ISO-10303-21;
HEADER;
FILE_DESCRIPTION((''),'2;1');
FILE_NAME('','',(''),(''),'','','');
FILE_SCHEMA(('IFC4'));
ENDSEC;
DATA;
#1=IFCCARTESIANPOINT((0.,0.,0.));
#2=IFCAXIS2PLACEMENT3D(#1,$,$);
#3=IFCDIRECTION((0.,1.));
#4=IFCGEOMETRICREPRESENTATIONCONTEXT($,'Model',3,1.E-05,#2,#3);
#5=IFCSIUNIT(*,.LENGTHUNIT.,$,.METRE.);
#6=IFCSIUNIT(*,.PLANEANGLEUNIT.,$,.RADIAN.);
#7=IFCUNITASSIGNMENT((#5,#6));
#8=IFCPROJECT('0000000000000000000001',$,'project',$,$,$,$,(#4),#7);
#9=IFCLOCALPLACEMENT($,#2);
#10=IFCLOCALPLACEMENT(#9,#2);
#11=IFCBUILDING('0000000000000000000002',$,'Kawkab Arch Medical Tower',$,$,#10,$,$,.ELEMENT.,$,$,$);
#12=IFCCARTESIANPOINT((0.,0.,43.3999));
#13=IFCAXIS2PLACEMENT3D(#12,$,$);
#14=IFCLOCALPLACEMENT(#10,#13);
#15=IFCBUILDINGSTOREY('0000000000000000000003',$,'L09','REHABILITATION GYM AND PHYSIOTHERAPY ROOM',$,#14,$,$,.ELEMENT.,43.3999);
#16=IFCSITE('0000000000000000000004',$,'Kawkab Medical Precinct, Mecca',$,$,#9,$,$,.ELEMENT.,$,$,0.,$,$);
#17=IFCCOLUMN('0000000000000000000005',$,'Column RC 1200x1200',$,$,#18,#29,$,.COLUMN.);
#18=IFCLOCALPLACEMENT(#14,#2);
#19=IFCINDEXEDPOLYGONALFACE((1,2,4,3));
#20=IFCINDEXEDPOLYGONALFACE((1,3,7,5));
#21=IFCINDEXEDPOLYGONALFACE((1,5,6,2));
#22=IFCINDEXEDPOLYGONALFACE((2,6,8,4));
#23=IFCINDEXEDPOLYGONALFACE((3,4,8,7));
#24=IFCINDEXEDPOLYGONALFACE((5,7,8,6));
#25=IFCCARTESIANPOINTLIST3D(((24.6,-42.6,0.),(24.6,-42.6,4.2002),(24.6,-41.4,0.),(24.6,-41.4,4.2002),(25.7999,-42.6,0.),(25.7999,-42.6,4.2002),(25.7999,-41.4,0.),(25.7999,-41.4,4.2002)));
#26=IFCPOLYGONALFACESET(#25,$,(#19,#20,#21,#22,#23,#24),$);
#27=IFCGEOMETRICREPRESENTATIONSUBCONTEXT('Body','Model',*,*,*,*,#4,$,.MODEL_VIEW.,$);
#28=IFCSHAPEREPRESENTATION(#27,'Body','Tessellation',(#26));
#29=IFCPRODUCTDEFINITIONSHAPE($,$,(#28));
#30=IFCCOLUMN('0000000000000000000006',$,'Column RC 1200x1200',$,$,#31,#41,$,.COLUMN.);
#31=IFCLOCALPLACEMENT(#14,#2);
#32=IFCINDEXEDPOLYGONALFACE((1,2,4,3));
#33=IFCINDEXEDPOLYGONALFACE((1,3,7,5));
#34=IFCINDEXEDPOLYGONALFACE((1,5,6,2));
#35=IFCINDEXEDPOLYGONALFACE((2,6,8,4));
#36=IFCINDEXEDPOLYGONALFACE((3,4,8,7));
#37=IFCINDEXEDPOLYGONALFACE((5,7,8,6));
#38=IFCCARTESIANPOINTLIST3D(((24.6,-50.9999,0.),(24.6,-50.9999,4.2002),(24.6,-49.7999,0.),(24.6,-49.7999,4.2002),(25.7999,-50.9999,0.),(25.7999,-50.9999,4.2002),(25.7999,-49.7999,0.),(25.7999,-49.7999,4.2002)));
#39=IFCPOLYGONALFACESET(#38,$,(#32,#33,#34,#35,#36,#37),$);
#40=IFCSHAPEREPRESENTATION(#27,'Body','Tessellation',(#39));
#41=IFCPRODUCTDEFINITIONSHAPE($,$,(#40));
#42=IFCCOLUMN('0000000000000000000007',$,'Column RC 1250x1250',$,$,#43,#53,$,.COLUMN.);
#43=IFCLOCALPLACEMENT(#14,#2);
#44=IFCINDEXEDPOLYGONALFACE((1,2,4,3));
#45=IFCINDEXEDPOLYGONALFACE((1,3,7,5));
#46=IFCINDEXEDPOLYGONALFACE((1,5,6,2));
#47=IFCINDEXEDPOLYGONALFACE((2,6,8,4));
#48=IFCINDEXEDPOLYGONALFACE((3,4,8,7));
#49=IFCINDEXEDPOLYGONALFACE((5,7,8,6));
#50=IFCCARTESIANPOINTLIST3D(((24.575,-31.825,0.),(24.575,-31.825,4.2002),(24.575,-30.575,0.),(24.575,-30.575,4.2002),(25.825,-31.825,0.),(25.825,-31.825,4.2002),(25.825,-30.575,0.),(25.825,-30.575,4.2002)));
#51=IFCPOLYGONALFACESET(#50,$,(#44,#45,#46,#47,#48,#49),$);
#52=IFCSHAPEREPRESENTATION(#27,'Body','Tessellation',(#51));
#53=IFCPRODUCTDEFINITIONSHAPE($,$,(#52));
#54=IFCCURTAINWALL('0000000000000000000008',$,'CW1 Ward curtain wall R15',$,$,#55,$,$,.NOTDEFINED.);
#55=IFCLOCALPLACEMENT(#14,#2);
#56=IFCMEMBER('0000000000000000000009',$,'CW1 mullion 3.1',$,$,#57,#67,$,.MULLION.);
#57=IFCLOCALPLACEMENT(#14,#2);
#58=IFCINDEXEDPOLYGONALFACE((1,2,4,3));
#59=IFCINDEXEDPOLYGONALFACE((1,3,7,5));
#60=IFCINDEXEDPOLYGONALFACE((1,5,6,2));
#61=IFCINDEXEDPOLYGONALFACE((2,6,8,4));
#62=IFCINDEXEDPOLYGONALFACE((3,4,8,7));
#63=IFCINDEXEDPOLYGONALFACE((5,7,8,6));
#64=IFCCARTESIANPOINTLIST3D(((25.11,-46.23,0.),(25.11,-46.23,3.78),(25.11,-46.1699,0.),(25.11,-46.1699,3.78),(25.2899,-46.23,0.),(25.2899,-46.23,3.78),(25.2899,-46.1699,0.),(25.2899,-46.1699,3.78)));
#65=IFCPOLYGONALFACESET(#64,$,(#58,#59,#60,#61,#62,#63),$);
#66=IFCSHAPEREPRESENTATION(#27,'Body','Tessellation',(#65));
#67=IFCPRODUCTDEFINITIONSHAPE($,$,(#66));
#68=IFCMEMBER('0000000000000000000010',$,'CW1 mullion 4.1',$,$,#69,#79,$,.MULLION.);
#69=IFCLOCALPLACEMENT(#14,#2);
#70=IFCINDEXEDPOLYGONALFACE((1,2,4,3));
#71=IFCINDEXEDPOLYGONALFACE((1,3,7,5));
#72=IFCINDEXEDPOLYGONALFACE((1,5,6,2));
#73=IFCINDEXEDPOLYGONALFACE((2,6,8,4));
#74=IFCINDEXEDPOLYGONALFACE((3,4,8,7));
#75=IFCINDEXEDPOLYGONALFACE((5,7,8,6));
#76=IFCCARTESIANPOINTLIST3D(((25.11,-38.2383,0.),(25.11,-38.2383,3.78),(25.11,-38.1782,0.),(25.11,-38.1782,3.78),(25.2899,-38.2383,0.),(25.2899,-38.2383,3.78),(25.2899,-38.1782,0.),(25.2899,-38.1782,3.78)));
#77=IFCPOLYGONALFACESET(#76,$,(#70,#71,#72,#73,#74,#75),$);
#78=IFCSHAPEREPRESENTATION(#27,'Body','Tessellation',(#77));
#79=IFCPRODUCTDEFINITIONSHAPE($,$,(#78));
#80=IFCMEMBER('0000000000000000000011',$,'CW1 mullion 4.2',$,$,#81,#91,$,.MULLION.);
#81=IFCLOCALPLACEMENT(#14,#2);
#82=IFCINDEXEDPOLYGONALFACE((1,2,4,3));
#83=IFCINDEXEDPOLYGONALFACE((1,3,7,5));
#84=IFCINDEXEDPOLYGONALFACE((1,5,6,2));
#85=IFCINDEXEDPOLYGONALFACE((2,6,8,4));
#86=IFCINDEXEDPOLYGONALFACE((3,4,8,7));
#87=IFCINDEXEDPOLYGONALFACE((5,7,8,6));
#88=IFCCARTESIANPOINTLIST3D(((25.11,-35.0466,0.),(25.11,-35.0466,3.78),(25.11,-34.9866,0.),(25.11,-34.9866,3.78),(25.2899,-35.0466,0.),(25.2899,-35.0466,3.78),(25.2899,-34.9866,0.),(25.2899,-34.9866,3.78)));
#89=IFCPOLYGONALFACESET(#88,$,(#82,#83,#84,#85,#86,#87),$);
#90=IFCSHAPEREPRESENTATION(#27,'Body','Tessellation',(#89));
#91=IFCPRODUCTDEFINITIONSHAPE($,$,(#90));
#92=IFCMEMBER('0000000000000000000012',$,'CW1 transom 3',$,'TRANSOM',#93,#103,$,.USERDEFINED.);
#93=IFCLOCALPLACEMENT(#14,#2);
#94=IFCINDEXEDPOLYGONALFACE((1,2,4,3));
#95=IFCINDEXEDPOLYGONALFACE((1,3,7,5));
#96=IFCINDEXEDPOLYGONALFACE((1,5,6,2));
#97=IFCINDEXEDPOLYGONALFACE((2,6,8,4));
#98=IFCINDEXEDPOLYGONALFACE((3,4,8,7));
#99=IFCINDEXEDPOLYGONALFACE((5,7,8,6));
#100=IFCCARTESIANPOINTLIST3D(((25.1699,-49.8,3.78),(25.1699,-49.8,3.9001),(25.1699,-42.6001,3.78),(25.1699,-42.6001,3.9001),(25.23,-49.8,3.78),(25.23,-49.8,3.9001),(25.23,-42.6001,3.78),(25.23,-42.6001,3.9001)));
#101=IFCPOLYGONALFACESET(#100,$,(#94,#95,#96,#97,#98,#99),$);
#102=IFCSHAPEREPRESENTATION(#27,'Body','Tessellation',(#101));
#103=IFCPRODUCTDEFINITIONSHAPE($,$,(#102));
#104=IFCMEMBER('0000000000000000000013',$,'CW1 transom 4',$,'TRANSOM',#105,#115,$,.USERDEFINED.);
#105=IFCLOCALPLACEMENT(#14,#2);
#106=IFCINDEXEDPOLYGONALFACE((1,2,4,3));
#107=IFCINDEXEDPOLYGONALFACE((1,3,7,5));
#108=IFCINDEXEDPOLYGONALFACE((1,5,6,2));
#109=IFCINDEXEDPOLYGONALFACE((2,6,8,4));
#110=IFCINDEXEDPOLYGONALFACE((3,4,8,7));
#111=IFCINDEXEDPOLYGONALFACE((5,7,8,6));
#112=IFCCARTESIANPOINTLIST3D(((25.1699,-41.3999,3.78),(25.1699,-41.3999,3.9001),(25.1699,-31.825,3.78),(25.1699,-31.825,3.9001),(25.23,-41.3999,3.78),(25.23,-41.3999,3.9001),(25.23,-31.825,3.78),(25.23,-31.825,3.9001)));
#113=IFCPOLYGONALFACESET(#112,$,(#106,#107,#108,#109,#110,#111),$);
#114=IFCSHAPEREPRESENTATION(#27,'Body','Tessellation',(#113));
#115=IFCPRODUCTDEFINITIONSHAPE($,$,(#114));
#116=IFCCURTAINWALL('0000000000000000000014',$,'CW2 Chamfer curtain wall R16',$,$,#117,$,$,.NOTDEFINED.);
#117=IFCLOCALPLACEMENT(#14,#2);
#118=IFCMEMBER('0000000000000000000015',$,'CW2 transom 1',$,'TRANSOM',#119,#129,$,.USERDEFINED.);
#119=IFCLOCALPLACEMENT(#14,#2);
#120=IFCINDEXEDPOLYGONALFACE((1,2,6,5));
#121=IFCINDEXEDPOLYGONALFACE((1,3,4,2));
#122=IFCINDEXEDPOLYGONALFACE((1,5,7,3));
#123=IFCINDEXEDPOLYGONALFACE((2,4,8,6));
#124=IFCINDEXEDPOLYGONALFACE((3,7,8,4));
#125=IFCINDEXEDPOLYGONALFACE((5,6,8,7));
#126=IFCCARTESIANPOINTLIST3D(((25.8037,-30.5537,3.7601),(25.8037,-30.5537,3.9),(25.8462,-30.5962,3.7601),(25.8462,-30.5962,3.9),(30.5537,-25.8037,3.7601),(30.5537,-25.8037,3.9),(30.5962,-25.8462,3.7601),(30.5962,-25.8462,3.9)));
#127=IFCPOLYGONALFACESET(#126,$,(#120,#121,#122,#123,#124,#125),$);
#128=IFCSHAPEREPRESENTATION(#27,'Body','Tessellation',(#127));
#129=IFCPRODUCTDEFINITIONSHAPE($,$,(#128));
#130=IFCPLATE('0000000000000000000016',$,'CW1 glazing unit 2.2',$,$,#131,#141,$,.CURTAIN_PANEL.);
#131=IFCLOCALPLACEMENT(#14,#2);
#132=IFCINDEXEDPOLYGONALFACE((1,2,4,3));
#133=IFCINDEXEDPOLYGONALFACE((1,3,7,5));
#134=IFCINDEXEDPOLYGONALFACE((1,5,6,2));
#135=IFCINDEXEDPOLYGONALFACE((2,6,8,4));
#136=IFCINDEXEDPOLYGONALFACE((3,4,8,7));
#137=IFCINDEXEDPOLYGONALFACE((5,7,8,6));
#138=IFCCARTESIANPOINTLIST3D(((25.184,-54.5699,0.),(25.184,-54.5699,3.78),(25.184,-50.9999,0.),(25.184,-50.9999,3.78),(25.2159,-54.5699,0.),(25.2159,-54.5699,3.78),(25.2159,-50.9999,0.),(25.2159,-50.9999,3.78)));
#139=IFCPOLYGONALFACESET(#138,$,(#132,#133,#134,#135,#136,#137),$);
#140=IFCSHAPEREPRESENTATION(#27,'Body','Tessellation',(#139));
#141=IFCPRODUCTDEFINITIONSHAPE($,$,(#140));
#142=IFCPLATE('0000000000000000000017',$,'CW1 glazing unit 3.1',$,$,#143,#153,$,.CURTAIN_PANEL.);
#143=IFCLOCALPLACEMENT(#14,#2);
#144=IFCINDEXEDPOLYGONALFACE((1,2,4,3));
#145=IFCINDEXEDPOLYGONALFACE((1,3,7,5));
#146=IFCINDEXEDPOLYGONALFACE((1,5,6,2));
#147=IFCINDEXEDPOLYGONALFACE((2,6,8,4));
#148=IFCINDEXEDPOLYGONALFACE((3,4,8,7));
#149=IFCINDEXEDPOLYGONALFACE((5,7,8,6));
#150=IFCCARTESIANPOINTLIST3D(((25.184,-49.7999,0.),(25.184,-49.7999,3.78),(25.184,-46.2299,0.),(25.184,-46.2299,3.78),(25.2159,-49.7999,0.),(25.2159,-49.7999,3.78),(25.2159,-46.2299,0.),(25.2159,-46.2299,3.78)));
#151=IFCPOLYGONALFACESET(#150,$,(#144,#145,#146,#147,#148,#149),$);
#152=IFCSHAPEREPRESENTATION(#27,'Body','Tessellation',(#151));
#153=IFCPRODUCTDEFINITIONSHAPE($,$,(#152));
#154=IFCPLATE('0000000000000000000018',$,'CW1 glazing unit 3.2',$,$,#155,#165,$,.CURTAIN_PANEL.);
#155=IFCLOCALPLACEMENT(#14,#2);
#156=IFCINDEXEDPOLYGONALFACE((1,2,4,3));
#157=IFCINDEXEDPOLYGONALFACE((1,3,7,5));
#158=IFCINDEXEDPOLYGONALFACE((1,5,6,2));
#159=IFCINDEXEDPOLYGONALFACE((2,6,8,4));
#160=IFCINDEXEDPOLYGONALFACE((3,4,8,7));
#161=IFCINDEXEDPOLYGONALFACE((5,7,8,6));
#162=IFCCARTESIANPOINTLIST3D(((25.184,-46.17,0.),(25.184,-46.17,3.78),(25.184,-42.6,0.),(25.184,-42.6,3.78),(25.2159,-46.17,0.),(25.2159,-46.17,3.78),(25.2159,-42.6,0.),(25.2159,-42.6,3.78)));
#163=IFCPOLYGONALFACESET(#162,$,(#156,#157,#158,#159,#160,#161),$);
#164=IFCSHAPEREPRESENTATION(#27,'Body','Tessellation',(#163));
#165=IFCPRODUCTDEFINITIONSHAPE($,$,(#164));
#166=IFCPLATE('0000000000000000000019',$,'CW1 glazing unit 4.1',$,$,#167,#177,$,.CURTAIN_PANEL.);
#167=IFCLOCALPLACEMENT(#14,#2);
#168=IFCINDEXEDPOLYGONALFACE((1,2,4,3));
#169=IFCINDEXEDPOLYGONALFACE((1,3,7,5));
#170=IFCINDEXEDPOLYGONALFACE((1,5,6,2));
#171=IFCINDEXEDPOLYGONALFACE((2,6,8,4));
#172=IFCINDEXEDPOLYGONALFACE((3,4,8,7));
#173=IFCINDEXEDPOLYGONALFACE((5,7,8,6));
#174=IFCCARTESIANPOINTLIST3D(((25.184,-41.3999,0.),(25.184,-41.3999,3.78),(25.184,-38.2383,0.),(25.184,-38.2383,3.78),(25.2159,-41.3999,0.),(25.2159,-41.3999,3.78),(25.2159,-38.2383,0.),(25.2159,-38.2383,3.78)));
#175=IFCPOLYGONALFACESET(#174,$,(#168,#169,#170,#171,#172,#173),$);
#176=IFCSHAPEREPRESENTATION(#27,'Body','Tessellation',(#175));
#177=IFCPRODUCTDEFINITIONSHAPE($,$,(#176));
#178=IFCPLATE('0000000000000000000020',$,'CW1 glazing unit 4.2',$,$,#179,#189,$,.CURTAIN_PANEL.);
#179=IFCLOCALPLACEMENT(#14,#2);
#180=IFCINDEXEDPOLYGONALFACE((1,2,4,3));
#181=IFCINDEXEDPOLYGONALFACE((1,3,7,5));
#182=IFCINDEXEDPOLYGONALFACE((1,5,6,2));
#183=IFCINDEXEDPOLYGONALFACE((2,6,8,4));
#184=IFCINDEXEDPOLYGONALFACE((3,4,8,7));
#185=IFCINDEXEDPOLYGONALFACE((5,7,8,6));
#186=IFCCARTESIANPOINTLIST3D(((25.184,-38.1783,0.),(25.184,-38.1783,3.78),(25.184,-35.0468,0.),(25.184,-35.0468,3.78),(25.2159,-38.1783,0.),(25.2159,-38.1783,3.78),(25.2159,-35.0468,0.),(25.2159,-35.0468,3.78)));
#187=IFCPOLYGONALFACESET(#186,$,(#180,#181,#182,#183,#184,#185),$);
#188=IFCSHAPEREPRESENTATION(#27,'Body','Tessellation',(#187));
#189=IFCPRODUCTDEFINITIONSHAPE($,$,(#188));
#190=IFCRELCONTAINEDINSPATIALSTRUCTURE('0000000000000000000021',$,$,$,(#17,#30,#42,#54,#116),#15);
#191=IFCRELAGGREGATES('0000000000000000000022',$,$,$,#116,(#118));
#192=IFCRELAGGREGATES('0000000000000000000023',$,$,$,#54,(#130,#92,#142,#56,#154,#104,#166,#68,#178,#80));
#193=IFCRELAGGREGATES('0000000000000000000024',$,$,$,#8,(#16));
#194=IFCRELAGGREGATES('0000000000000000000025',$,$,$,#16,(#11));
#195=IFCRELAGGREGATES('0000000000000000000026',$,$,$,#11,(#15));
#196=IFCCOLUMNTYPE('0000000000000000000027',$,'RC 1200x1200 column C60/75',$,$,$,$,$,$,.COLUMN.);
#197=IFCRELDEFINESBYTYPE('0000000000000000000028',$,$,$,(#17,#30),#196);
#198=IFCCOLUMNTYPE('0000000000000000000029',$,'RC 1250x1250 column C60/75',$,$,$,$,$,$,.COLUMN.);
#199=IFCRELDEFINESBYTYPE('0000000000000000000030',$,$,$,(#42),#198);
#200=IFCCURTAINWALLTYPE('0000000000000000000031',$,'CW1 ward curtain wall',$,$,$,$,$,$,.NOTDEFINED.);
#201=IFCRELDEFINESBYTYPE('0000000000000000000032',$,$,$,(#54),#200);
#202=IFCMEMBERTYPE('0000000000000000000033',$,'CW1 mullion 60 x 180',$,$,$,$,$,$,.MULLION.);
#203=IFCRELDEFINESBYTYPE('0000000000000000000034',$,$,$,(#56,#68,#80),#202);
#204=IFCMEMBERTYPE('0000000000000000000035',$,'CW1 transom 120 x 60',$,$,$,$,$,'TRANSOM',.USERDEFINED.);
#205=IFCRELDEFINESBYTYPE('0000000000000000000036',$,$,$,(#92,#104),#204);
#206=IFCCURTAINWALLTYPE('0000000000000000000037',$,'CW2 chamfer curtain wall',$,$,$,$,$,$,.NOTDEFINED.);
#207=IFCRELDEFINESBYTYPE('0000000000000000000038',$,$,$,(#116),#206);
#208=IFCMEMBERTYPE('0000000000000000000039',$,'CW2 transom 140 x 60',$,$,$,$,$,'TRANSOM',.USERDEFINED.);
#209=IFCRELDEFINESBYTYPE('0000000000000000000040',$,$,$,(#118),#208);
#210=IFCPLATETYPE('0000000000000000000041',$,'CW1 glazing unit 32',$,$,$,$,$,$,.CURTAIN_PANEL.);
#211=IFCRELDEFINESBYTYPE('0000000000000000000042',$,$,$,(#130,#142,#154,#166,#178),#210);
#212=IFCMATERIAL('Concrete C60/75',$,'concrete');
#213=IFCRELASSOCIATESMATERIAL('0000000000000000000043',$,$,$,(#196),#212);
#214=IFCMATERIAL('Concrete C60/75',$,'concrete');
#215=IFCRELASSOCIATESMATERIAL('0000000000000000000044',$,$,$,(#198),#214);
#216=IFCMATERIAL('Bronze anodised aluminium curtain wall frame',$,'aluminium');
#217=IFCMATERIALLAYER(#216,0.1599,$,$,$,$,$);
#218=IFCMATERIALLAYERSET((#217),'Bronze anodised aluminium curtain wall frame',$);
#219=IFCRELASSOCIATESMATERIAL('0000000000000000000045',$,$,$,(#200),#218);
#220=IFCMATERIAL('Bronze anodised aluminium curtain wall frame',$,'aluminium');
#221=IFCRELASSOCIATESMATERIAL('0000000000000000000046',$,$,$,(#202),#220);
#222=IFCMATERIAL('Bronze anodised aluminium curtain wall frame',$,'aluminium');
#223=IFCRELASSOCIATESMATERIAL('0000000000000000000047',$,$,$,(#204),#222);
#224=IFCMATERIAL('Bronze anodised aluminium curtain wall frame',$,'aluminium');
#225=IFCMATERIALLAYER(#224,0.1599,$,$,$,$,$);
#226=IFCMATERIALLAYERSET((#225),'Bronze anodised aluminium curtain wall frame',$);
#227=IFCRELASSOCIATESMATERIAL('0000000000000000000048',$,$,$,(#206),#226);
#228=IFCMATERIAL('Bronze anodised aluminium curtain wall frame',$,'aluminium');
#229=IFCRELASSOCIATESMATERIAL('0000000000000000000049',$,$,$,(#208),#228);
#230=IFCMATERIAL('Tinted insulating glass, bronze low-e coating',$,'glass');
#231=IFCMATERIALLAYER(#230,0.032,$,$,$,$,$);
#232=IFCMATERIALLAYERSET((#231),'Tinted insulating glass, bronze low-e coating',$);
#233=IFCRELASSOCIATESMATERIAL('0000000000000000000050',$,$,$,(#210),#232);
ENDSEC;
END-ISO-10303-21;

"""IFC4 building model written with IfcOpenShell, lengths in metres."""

from ifc_helpers import new_model, si_unit, direction, frame, origin, origin_2d, place, context, subcontext, project, spatial, rectangle, extrude, material, layer, layer_set, material_profile, profile_set, type_object, element, aggregate, save


model = new_model("IFC4")

# Units and contexts
model_context = context("Model", 3, precision=1e-05, world=origin(), true_north=direction((0.0, 1.0)))
body_context = subcontext(model_context, "Body", "Model", "MODEL_VIEW")
ifc_project = project(units=[si_unit("LENGTHUNIT", "METRE"), si_unit("PLANEANGLEUNIT", "RADIAN")], contexts=[model_context])

# Site, building, storey
site_placement = place(None, origin())
site = spatial("IfcSite", under=ifc_project, at=site_placement, Name="Kawkab Medical Precinct, Mecca", CompositionType="ELEMENT", RefElevation=0.0)
building_placement = place(site_placement, origin())
building = spatial("IfcBuilding", under=site, at=building_placement, Name="Kawkab Arch Medical Tower", CompositionType="ELEMENT")
storey_placement = place(building_placement, frame((0.0, 0.0, 43.3999)))
storey = spatial("IfcBuildingStorey", under=building, at=storey_placement, Name="L09", Description="REHABILITATION GYM AND PHYSIOTHERAPY ROOM", CompositionType="ELEMENT", Elevation=43.3999)

# Columns
ifc_material_1 = material(Name="Concrete C60/75", Category="concrete")
ifc_material_profile_1 = material_profile(ifc_material_1, rectangle(XDim=1.2, YDim=1.2, at=origin_2d()), Name="RC 1200x1200")
ifc_profile_set_1 = profile_set([ifc_material_profile_1], Name="Concrete C60/75")
column_type_1 = type_object("IfcColumnType", Name="RC 1200x1200 column C60/75", PredefinedType="COLUMN", material=ifc_profile_set_1)
for number, where, z_axis, x_axis, name in (
    (1, (25.2, -42.0, 0.0), (0.0, 0.0, 1.0), (1.0, 0.0, 0.0), "Column RC 1200x1200"),
    (2, (25.2, -50.3999, 0.0), (0.0, 0.0, 1.0), (1.0, 0.0, 0.0), "Column RC 1200x1200"),
):
    element("IfcColumn", number, at=place(storey_placement, frame(where, z_axis=z_axis, x_axis=x_axis)), inside=storey, type_object=column_type_1, Name=name, PredefinedType="COLUMN", context=body_context, shape_type="SweptSolid", body=[
        extrude(rectangle(XDim=1.2, YDim=1.2, at=origin_2d()), origin(), (0.0, 0.0, 1.0), 4.2002),
    ])
ifc_material_2 = material(Name="Concrete C60/75", Category="concrete")
ifc_material_profile_2 = material_profile(ifc_material_2, rectangle(XDim=1.25, YDim=1.25, at=origin_2d()), Name="RC 1250x1250")
ifc_profile_set_2 = profile_set([ifc_material_profile_2], Name="Concrete C60/75")
column_type_2 = type_object("IfcColumnType", Name="RC 1250x1250 column C60/75", PredefinedType="COLUMN", material=ifc_profile_set_2)
column_placement = place(storey_placement, frame((25.2, -31.2, 0.0), z_axis=(0.0, 0.0, 1.0), x_axis=(1.0, 0.0, 0.0)))
element("IfcColumn", 3, at=column_placement, inside=storey, type_object=column_type_2, Name="Column RC 1250x1250", PredefinedType="COLUMN", context=body_context, shape_type="SweptSolid", body=[
    extrude(rectangle(XDim=1.25, YDim=1.25, at=origin_2d()), origin(), (0.0, 0.0, 1.0), 4.2002),
])

# Curtain wall, members
ifc_material_3 = material(Name="Bronze anodised aluminium curtain wall frame", Category="aluminium")
ifc_layer_1 = layer(ifc_material_3, 0.1599)
ifc_layer_set_1 = layer_set([ifc_layer_1], Name="Bronze anodised aluminium curtain wall frame")
curtain_wall_type_1 = type_object("IfcCurtainWallType", Name="CW1 ward curtain wall", PredefinedType="NOTDEFINED", material=ifc_layer_set_1)
placement = place(storey_placement, origin())
curtain_wall_1 = element("IfcCurtainWall", 4, at=placement, inside=storey, type_object=curtain_wall_type_1, Name="CW1 Ward curtain wall R15", PredefinedType="NOTDEFINED")
ifc_material_4 = material(Name="Bronze anodised aluminium curtain wall frame", Category="aluminium")
ifc_material_profile_3 = material_profile(ifc_material_4, rectangle(XDim=0.1799, YDim=0.0601, at=origin_2d()), Name="AL 60x180")
ifc_profile_set_3 = profile_set([ifc_material_profile_3], Name="Bronze anodised aluminium curtain wall frame")
member_type_1 = type_object("IfcMemberType", Name="CW1 mullion 60 x 180", PredefinedType="MULLION", material=ifc_profile_set_3)
member_1_placement = place(storey_placement, frame((25.2, -46.2, 0.0), z_axis=(0.0, 0.0, 1.0), x_axis=(-1.0, 0.0, 0.0)))
member_1 = element("IfcMember", 5, at=member_1_placement, type_object=member_type_1, Name="CW1 mullion 3.1", PredefinedType="MULLION", context=body_context, shape_type="SweptSolid", body=[
    extrude(rectangle(XDim=0.1799, YDim=0.0601, at=origin_2d()), origin(), (0.0, 0.0, 1.0), 3.78),
])
member_2_placement = place(storey_placement, frame((25.2, -38.2083, 0.0), z_axis=(0.0, 0.0, 1.0), x_axis=(-1.0, 0.0, 0.0)))
member_2 = element("IfcMember", 6, at=member_2_placement, type_object=member_type_1, Name="CW1 mullion 4.1", PredefinedType="MULLION", context=body_context, shape_type="SweptSolid", body=[
    extrude(rectangle(XDim=0.1799, YDim=0.0601, at=origin_2d()), origin(), (0.0, 0.0, 1.0), 3.78),
])
member_3_placement = place(storey_placement, frame((25.2, -35.0166, 0.0), z_axis=(0.0, 0.0, 1.0), x_axis=(-1.0, 0.0, 0.0)))
member_3 = element("IfcMember", 7, at=member_3_placement, type_object=member_type_1, Name="CW1 mullion 4.2", PredefinedType="MULLION", context=body_context, shape_type="SweptSolid", body=[
    extrude(rectangle(XDim=0.1799, YDim=0.0601, at=origin_2d()), origin(), (0.0, 0.0, 1.0), 3.78),
])
ifc_material_5 = material(Name="Bronze anodised aluminium curtain wall frame", Category="aluminium")
ifc_material_profile_4 = material_profile(ifc_material_5, rectangle(XDim=0.0601, YDim=0.1201, at=origin_2d()), Name="AL 60x120")
ifc_profile_set_4 = profile_set([ifc_material_profile_4], Name="Bronze anodised aluminium curtain wall frame")
member_type_2 = type_object("IfcMemberType", Name="CW1 transom 120 x 60", ElementType="TRANSOM", PredefinedType="USERDEFINED", material=ifc_profile_set_4)
member_4_placement = place(storey_placement, frame((25.2, -49.8, 3.8401), z_axis=(0.0, 1.0, 0.0), x_axis=(-1.0, 0.0, 0.0)))
member_4 = element("IfcMember", 8, at=member_4_placement, type_object=member_type_2, Name="CW1 transom 3", ObjectType="TRANSOM", PredefinedType="USERDEFINED", context=body_context, shape_type="SweptSolid", body=[
    extrude(rectangle(XDim=0.0601, YDim=0.1201, at=origin_2d()), origin(), (0.0, 0.0, 1.0), 7.2),
])
member_5_placement = place(storey_placement, frame((25.2, -41.3999, 3.8401), z_axis=(0.0, 1.0, 0.0), x_axis=(-1.0, 0.0, 0.0)))
member_5 = element("IfcMember", 9, at=member_5_placement, type_object=member_type_2, Name="CW1 transom 4", ObjectType="TRANSOM", PredefinedType="USERDEFINED", context=body_context, shape_type="SweptSolid", body=[
    extrude(rectangle(XDim=0.0601, YDim=0.1201, at=origin_2d()), origin(), (0.0, 0.0, 1.0), 9.575),
])

# Curtain wall, member
ifc_material_6 = material(Name="Bronze anodised aluminium curtain wall frame", Category="aluminium")
ifc_layer_2 = layer(ifc_material_6, 0.1599)
ifc_layer_set_2 = layer_set([ifc_layer_2], Name="Bronze anodised aluminium curtain wall frame")
curtain_wall_type_2 = type_object("IfcCurtainWallType", Name="CW2 chamfer curtain wall", PredefinedType="NOTDEFINED", material=ifc_layer_set_2)
curtain_wall_2 = element("IfcCurtainWall", 10, at=placement, inside=storey, type_object=curtain_wall_type_2, Name="CW2 Chamfer curtain wall R16", PredefinedType="NOTDEFINED")
ifc_material_7 = material(Name="Bronze anodised aluminium curtain wall frame", Category="aluminium")
ifc_material_profile_5 = material_profile(ifc_material_7, rectangle(XDim=0.0601, YDim=0.1399, at=origin_2d()), Name="AL 60x140")
ifc_profile_set_5 = profile_set([ifc_material_profile_5], Name="Bronze anodised aluminium curtain wall frame")
member_type_3 = type_object("IfcMemberType", Name="CW2 transom 140 x 60", ElementType="TRANSOM", PredefinedType="USERDEFINED", material=ifc_profile_set_5)
member_6_placement = place(storey_placement, frame((25.825, -30.575, 3.8301), z_axis=(0.707107, 0.707107, 0.0), x_axis=(-0.707107, 0.707107, 0.0)))
member_6 = element("IfcMember", 11, at=member_6_placement, type_object=member_type_3, Name="CW2 transom 1", ObjectType="TRANSOM", PredefinedType="USERDEFINED", context=body_context, shape_type="SweptSolid", body=[
    extrude(rectangle(XDim=0.0601, YDim=0.1399, at=origin_2d()), origin(), (0.0, 0.0, 1.0), 6.7175),
])
aggregate(curtain_wall_2, [member_6])

# Plates
ifc_material_8 = material(Name="Tinted insulating glass, bronze low-e coating", Category="glass")
ifc_layer_3 = layer(ifc_material_8, 0.032)
ifc_layer_set_3 = layer_set([ifc_layer_3], Name="Tinted insulating glass, bronze low-e coating")
plate_type = type_object("IfcPlateType", Name="CW1 glazing unit 32", PredefinedType="CURTAIN_PANEL", material=ifc_layer_set_3)
plate_1_placement = place(storey_placement, frame((25.2, -52.7849, 0.0), z_axis=(0.0, 0.0, 1.0), x_axis=(0.0, 1.0, 0.0)))
plate_1 = element("IfcPlate", 12, at=plate_1_placement, type_object=plate_type, Name="CW1 glazing unit 2.2", PredefinedType="CURTAIN_PANEL", context=body_context, shape_type="SweptSolid", body=[
    extrude(rectangle(XDim=3.5701, YDim=0.032, at=origin_2d()), origin(), (0.0, 0.0, 1.0), 3.78),
])
plate_2_placement = place(storey_placement, frame((25.2, -48.0149, 0.0), z_axis=(0.0, 0.0, 1.0), x_axis=(0.0, 1.0, 0.0)))
plate_2 = element("IfcPlate", 13, at=plate_2_placement, type_object=plate_type, Name="CW1 glazing unit 3.1", PredefinedType="CURTAIN_PANEL", context=body_context, shape_type="SweptSolid", body=[
    extrude(rectangle(XDim=3.5701, YDim=0.032, at=origin_2d()), origin(), (0.0, 0.0, 1.0), 3.78),
])
plate_3_placement = place(storey_placement, frame((25.2, -44.385, 0.0), z_axis=(0.0, 0.0, 1.0), x_axis=(0.0, 1.0, 0.0)))
plate_3 = element("IfcPlate", 14, at=plate_3_placement, type_object=plate_type, Name="CW1 glazing unit 3.2", PredefinedType="CURTAIN_PANEL", context=body_context, shape_type="SweptSolid", body=[
    extrude(rectangle(XDim=3.5701, YDim=0.032, at=origin_2d()), origin(), (0.0, 0.0, 1.0), 3.78),
])
plate_4_placement = place(storey_placement, frame((25.2, -39.8191, 0.0), z_axis=(0.0, 0.0, 1.0), x_axis=(0.0, 1.0, 0.0)))
plate_4 = element("IfcPlate", 15, at=plate_4_placement, type_object=plate_type, Name="CW1 glazing unit 4.1", PredefinedType="CURTAIN_PANEL", context=body_context, shape_type="SweptSolid", body=[
    extrude(rectangle(XDim=3.1616, YDim=0.032, at=origin_2d()), origin(), (0.0, 0.0, 1.0), 3.78),
])
plate_5_placement = place(storey_placement, frame((25.2, -36.6125, 0.0), z_axis=(0.0, 0.0, 1.0), x_axis=(0.0, 1.0, 0.0)))
plate_5 = element("IfcPlate", 16, at=plate_5_placement, type_object=plate_type, Name="CW1 glazing unit 4.2", PredefinedType="CURTAIN_PANEL", context=body_context, shape_type="SweptSolid", body=[
    extrude(rectangle(XDim=3.1316, YDim=0.032, at=origin_2d()), origin(), (0.0, 0.0, 1.0), 3.78),
])
aggregate(curtain_wall_1, [plate_1, member_4, plate_2, member_1, plate_3, member_5, plate_4, member_2, plate_5, member_3])

save(model, "model.ifc")
